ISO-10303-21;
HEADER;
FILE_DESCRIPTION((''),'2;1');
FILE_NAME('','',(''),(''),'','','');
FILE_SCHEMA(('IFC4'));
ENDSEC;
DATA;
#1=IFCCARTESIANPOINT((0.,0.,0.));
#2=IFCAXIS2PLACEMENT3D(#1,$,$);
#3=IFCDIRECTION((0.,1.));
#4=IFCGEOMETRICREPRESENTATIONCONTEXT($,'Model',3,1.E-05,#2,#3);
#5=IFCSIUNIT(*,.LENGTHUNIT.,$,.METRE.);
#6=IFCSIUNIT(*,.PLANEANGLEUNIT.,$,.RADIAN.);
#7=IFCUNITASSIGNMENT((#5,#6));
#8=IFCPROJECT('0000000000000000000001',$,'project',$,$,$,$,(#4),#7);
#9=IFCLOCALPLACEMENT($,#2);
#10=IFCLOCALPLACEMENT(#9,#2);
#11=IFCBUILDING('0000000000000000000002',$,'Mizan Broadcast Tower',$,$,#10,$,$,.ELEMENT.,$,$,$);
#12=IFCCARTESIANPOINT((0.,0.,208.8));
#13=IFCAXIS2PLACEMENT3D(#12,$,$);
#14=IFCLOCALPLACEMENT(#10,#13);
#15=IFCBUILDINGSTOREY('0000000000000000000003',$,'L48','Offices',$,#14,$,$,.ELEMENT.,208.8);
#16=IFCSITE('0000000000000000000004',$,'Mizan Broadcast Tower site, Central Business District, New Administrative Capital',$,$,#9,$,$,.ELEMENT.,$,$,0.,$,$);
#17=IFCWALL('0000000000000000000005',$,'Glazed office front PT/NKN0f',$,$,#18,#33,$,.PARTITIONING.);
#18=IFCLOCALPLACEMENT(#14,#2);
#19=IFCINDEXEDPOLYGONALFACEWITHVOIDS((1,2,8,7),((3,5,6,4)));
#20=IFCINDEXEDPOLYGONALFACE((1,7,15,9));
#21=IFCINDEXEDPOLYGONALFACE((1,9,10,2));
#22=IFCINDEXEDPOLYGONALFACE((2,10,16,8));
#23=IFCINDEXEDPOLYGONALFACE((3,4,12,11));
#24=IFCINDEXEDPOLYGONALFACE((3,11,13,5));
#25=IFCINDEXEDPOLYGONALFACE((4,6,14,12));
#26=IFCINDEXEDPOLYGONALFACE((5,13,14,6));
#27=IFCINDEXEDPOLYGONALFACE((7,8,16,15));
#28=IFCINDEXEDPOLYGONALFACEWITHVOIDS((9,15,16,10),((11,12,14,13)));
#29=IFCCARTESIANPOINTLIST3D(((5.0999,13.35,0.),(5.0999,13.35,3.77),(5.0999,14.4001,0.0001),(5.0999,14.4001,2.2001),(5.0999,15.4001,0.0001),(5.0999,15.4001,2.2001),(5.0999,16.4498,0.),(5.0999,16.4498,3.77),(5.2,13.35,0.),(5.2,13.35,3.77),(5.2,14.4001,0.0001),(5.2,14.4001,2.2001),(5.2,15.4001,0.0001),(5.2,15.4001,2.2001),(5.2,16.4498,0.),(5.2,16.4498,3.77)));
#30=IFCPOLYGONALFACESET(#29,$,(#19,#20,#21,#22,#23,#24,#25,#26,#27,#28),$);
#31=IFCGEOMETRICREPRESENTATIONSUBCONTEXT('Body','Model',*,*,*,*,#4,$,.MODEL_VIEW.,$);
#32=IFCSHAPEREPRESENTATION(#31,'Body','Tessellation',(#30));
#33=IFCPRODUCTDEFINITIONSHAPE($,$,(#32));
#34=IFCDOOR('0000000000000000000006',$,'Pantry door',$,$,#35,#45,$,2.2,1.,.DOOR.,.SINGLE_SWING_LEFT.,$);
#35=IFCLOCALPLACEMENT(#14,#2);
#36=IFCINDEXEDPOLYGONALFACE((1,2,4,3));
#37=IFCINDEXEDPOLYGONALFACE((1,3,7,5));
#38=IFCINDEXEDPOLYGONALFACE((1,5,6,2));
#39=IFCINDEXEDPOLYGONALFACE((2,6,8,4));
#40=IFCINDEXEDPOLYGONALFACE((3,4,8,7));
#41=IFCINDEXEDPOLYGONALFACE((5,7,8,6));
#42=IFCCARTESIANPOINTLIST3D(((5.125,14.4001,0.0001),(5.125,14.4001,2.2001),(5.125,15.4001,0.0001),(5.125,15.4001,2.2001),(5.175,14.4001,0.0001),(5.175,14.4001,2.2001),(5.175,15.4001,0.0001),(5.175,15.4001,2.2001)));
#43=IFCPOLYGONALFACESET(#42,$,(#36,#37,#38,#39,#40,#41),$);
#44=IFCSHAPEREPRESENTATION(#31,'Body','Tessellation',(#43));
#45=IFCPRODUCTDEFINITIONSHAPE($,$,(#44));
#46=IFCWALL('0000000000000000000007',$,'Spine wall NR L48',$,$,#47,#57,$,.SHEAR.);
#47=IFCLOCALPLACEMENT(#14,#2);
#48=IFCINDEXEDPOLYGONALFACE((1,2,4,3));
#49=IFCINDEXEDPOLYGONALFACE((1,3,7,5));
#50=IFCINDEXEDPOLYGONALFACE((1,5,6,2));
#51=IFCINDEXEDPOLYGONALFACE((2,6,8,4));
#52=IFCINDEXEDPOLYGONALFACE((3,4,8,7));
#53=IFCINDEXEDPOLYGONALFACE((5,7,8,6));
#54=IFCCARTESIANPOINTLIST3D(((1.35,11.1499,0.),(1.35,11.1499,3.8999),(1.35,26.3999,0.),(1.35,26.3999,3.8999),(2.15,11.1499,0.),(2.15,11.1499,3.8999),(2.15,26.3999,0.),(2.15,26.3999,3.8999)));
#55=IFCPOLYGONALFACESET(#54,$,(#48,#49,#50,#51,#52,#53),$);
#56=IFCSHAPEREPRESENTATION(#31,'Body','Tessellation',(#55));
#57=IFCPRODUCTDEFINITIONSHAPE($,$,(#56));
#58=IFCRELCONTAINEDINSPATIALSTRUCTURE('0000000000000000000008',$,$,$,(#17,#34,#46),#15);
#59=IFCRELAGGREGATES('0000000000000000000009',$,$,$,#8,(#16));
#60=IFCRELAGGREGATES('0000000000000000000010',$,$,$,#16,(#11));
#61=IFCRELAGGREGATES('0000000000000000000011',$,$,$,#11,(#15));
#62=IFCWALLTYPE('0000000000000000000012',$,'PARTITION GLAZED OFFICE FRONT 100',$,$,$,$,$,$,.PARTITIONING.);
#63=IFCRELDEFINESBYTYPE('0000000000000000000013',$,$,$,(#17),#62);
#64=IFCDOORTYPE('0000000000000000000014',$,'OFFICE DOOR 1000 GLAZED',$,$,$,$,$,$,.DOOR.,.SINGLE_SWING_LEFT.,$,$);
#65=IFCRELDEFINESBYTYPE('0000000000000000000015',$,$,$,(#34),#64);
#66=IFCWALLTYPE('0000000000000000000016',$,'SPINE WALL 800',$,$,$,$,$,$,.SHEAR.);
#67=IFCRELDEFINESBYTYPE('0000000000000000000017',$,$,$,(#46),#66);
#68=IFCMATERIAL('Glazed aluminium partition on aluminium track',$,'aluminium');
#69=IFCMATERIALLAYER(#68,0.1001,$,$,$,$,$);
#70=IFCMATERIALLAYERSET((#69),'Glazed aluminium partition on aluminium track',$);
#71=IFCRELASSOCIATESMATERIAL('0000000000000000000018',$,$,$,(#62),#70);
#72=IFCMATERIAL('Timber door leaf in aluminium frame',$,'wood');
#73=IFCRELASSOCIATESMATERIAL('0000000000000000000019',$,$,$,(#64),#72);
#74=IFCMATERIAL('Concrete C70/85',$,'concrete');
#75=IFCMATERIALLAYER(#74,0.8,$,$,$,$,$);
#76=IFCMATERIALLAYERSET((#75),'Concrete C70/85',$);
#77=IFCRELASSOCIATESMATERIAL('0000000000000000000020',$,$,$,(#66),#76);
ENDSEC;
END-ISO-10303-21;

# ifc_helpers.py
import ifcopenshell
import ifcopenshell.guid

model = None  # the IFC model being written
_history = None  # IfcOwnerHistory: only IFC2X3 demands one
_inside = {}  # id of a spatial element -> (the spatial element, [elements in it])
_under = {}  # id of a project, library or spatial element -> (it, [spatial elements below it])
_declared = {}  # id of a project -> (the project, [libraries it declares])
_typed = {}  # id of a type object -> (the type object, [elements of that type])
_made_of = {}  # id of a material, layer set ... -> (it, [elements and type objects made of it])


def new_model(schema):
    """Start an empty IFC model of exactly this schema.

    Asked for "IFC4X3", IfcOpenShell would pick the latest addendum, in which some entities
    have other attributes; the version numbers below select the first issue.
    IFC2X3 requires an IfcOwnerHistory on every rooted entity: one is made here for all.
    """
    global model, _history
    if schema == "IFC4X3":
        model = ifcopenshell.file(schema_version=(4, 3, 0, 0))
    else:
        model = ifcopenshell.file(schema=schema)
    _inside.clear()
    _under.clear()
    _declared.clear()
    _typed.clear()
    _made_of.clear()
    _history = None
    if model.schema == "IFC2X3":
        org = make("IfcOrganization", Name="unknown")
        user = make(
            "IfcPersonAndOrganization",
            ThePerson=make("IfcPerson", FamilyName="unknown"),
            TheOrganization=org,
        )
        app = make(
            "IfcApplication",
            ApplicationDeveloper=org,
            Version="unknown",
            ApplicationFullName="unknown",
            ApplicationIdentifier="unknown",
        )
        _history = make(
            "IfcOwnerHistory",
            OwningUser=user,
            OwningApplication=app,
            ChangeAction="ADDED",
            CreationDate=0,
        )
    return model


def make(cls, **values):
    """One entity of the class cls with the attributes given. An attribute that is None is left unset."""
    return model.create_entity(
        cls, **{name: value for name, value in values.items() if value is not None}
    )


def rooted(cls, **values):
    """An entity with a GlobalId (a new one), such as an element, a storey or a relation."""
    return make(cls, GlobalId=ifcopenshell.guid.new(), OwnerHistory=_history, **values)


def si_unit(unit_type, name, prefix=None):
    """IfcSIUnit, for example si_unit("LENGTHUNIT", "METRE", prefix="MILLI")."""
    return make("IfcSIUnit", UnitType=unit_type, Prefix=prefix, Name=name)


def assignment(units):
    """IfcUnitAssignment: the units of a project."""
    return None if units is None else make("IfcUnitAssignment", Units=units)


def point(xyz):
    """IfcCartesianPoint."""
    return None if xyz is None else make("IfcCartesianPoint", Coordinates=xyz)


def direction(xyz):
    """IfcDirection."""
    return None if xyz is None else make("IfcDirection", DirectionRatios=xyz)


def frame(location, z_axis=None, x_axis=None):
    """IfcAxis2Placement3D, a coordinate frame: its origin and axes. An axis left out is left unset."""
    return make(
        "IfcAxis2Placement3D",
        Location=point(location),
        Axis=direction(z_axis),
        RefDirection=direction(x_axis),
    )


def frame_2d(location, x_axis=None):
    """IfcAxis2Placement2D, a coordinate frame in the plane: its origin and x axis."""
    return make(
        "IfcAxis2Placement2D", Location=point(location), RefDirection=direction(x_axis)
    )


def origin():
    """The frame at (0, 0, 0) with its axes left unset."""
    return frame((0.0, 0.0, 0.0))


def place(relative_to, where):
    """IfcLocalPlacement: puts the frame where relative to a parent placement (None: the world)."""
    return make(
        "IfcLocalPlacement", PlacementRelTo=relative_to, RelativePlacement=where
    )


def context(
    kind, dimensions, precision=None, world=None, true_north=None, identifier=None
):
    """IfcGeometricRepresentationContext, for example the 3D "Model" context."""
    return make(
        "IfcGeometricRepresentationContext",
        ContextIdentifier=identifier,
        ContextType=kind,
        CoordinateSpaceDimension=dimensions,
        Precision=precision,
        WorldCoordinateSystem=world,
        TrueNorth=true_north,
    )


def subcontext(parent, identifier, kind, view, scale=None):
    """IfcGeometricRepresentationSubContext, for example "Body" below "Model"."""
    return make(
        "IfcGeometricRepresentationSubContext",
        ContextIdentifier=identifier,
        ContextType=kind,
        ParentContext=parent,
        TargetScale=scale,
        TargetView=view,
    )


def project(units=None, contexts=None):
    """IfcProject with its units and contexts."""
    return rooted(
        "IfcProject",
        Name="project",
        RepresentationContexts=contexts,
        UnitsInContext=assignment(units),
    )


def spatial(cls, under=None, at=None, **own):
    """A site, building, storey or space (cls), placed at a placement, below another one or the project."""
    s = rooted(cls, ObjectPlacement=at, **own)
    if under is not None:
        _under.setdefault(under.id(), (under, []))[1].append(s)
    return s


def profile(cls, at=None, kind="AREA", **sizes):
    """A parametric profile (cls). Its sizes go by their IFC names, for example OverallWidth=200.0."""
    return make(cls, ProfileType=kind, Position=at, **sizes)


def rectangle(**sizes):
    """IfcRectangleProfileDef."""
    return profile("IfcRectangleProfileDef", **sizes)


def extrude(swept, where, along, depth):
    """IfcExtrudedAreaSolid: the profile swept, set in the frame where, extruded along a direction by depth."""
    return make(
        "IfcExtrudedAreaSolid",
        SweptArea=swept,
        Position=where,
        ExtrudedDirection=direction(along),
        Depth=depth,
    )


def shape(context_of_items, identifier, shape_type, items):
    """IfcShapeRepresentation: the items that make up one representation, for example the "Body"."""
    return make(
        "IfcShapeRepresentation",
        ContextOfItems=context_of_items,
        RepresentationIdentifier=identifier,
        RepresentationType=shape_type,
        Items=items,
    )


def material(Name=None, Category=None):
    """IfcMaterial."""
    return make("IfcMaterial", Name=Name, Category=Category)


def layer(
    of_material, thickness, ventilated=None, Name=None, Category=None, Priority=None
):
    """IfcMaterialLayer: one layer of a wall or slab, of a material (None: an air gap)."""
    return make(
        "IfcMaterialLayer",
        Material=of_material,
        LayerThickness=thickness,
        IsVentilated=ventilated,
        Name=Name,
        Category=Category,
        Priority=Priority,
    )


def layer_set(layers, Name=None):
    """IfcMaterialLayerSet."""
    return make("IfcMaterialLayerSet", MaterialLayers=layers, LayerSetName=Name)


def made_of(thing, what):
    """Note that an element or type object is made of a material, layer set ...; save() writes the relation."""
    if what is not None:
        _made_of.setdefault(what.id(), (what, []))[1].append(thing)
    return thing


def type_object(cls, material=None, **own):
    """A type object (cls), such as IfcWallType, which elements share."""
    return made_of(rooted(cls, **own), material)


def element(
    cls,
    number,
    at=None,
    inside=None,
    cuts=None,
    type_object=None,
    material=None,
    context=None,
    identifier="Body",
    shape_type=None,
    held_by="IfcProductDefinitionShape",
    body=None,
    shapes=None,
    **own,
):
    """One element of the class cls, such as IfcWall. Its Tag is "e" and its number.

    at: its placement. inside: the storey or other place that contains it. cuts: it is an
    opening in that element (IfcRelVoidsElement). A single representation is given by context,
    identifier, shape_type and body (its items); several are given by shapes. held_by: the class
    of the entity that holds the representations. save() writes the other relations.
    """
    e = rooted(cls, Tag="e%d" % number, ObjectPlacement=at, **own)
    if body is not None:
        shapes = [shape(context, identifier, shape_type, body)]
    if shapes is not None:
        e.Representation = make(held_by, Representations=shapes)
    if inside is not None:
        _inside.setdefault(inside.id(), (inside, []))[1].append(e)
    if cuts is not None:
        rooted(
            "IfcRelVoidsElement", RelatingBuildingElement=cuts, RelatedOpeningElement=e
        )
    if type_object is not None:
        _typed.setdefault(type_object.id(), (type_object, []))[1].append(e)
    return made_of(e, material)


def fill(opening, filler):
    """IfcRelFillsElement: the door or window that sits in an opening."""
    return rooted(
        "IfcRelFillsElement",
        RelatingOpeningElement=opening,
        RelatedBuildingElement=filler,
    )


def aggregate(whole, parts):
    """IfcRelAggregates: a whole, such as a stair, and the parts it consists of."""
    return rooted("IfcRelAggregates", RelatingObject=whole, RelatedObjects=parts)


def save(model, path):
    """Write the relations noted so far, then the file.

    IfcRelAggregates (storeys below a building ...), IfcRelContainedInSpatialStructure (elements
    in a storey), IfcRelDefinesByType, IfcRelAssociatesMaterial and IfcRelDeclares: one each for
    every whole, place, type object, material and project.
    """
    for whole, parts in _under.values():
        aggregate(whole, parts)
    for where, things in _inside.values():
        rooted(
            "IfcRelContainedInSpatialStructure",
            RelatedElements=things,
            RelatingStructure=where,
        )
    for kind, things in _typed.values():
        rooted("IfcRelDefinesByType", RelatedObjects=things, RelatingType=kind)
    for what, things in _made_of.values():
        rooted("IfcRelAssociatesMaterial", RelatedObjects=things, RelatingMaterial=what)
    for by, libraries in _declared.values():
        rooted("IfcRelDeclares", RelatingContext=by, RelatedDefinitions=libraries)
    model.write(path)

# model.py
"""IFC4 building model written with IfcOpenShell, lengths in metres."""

from ifc_helpers import new_model, si_unit, direction, frame, frame_2d, origin, place, context, subcontext, project, spatial, rectangle, extrude, material, layer, layer_set, type_object, element, fill, save


model = new_model("IFC4")

# Units and contexts
model_context = context("Model", 3, precision=1e-05, world=origin(), true_north=direction((0.0, 1.0)))
body_context = subcontext(model_context, "Body", "Model", "MODEL_VIEW")
ifc_project = project(units=[si_unit("LENGTHUNIT", "METRE"), si_unit("PLANEANGLEUNIT", "RADIAN")], contexts=[model_context])

# Site, building, storey
site_placement = place(None, origin())
site = spatial("IfcSite", under=ifc_project, at=site_placement, Name="Mizan Broadcast Tower site, Central Business District, New Administrative Capital", CompositionType="ELEMENT", RefElevation=0.0)
building_placement = place(site_placement, origin())
building = spatial("IfcBuilding", under=site, at=building_placement, Name="Mizan Broadcast Tower", CompositionType="ELEMENT")
storey_placement = place(building_placement, frame((0.0, 0.0, 208.8)))
storey = spatial("IfcBuildingStorey", under=building, at=storey_placement, Name="L48", Description="Offices", CompositionType="ELEMENT", Elevation=208.8)

# Shared definitions
ifc_material_1 = material(Name="Glazed aluminium partition on aluminium track", Category="aluminium")
ifc_layer_1 = layer(ifc_material_1, 0.1001)
ifc_layer_set_1 = layer_set([ifc_layer_1], Name="Glazed aluminium partition on aluminium track")
wall_type_1 = type_object("IfcWallType", Name="PARTITION GLAZED OFFICE FRONT 100", PredefinedType="PARTITIONING", material=ifc_layer_set_1)

# Wall, opening, door
wall_1_placement = place(storey_placement, frame((5.1499, 13.3501, 0.0), z_axis=(0.0, 0.0, 1.0), x_axis=(0.0, 1.0, 0.0)))
wall_1 = element("IfcWall", 1, at=wall_1_placement, inside=storey, type_object=wall_type_1, Name="Glazed office front PT/NKN0f", PredefinedType="PARTITIONING", context=body_context, shape_type="SweptSolid", body=[
    extrude(rectangle(XDim=3.0999, YDim=0.1001, at=frame_2d((1.5498, 0.0))), origin(), (0.0, 0.0, 1.0), 3.77),
])
opening_1_placement = place(wall_1_placement, frame((1.05, 0.0, 0.0)))
opening_1 = element("IfcOpeningElement", 2, at=opening_1_placement, cuts=wall_1, PredefinedType="OPENING", context=body_context, shape_type="SweptSolid", body=[
    extrude(rectangle(XDim=1.0, YDim=2.2, at=frame_2d((0.5, 1.1001))), frame((0.0, 0.0601, 0.0), z_axis=(0.0, -1.0, 0.0), x_axis=(1.0, 0.0, 0.0)), (0.0, 0.0, 1.0), 0.1201),
])
ifc_material_2 = material(Name="Timber door leaf in aluminium frame", Category="wood")
door_type_1 = type_object("IfcDoorType", Name="OFFICE DOOR 1000 GLAZED", OperationType="SINGLE_SWING_LEFT", PredefinedType="DOOR", material=ifc_material_2)
door_1_placement = place(opening_1_placement, origin())
door_1 = element("IfcDoor", 3, at=door_1_placement, inside=storey, type_object=door_type_1, Name="Pantry door", OperationType="SINGLE_SWING_LEFT", OverallHeight=2.2, OverallWidth=1.0, PredefinedType="DOOR", context=body_context, shape_type="SweptSolid", body=[
    extrude(rectangle(XDim=1.0, YDim=2.2, at=frame_2d((0.5, 1.1001))), frame((0.0, 0.0249, 0.0), z_axis=(0.0, -1.0, 0.0), x_axis=(1.0, 0.0, 0.0)), (0.0, 0.0, 1.0), 0.05),
])
fill(opening_1, door_1)

# Wall
ifc_material_3 = material(Name="Concrete C70/85", Category="concrete")
ifc_layer_2 = layer(ifc_material_3, 0.8)
ifc_layer_set_2 = layer_set([ifc_layer_2], Name="Concrete C70/85")
wall_type_2 = type_object("IfcWallType", Name="SPINE WALL 800", PredefinedType="SHEAR", material=ifc_layer_set_2)
wall_2_placement = place(storey_placement, frame((1.75, 11.1499, 0.0), z_axis=(0.0, 0.0, 1.0), x_axis=(0.0, 1.0, 0.0)))
element("IfcWall", 4, at=wall_2_placement, inside=storey, type_object=wall_type_2, Name="Spine wall NR L48", PredefinedType="SHEAR", context=body_context, shape_type="SweptSolid", body=[
    extrude(rectangle(XDim=15.25, YDim=0.8, at=frame_2d((7.625, 0.0))), origin(), (0.0, 0.0, 1.0), 3.8999),
])

save(model, "model.ifc")
